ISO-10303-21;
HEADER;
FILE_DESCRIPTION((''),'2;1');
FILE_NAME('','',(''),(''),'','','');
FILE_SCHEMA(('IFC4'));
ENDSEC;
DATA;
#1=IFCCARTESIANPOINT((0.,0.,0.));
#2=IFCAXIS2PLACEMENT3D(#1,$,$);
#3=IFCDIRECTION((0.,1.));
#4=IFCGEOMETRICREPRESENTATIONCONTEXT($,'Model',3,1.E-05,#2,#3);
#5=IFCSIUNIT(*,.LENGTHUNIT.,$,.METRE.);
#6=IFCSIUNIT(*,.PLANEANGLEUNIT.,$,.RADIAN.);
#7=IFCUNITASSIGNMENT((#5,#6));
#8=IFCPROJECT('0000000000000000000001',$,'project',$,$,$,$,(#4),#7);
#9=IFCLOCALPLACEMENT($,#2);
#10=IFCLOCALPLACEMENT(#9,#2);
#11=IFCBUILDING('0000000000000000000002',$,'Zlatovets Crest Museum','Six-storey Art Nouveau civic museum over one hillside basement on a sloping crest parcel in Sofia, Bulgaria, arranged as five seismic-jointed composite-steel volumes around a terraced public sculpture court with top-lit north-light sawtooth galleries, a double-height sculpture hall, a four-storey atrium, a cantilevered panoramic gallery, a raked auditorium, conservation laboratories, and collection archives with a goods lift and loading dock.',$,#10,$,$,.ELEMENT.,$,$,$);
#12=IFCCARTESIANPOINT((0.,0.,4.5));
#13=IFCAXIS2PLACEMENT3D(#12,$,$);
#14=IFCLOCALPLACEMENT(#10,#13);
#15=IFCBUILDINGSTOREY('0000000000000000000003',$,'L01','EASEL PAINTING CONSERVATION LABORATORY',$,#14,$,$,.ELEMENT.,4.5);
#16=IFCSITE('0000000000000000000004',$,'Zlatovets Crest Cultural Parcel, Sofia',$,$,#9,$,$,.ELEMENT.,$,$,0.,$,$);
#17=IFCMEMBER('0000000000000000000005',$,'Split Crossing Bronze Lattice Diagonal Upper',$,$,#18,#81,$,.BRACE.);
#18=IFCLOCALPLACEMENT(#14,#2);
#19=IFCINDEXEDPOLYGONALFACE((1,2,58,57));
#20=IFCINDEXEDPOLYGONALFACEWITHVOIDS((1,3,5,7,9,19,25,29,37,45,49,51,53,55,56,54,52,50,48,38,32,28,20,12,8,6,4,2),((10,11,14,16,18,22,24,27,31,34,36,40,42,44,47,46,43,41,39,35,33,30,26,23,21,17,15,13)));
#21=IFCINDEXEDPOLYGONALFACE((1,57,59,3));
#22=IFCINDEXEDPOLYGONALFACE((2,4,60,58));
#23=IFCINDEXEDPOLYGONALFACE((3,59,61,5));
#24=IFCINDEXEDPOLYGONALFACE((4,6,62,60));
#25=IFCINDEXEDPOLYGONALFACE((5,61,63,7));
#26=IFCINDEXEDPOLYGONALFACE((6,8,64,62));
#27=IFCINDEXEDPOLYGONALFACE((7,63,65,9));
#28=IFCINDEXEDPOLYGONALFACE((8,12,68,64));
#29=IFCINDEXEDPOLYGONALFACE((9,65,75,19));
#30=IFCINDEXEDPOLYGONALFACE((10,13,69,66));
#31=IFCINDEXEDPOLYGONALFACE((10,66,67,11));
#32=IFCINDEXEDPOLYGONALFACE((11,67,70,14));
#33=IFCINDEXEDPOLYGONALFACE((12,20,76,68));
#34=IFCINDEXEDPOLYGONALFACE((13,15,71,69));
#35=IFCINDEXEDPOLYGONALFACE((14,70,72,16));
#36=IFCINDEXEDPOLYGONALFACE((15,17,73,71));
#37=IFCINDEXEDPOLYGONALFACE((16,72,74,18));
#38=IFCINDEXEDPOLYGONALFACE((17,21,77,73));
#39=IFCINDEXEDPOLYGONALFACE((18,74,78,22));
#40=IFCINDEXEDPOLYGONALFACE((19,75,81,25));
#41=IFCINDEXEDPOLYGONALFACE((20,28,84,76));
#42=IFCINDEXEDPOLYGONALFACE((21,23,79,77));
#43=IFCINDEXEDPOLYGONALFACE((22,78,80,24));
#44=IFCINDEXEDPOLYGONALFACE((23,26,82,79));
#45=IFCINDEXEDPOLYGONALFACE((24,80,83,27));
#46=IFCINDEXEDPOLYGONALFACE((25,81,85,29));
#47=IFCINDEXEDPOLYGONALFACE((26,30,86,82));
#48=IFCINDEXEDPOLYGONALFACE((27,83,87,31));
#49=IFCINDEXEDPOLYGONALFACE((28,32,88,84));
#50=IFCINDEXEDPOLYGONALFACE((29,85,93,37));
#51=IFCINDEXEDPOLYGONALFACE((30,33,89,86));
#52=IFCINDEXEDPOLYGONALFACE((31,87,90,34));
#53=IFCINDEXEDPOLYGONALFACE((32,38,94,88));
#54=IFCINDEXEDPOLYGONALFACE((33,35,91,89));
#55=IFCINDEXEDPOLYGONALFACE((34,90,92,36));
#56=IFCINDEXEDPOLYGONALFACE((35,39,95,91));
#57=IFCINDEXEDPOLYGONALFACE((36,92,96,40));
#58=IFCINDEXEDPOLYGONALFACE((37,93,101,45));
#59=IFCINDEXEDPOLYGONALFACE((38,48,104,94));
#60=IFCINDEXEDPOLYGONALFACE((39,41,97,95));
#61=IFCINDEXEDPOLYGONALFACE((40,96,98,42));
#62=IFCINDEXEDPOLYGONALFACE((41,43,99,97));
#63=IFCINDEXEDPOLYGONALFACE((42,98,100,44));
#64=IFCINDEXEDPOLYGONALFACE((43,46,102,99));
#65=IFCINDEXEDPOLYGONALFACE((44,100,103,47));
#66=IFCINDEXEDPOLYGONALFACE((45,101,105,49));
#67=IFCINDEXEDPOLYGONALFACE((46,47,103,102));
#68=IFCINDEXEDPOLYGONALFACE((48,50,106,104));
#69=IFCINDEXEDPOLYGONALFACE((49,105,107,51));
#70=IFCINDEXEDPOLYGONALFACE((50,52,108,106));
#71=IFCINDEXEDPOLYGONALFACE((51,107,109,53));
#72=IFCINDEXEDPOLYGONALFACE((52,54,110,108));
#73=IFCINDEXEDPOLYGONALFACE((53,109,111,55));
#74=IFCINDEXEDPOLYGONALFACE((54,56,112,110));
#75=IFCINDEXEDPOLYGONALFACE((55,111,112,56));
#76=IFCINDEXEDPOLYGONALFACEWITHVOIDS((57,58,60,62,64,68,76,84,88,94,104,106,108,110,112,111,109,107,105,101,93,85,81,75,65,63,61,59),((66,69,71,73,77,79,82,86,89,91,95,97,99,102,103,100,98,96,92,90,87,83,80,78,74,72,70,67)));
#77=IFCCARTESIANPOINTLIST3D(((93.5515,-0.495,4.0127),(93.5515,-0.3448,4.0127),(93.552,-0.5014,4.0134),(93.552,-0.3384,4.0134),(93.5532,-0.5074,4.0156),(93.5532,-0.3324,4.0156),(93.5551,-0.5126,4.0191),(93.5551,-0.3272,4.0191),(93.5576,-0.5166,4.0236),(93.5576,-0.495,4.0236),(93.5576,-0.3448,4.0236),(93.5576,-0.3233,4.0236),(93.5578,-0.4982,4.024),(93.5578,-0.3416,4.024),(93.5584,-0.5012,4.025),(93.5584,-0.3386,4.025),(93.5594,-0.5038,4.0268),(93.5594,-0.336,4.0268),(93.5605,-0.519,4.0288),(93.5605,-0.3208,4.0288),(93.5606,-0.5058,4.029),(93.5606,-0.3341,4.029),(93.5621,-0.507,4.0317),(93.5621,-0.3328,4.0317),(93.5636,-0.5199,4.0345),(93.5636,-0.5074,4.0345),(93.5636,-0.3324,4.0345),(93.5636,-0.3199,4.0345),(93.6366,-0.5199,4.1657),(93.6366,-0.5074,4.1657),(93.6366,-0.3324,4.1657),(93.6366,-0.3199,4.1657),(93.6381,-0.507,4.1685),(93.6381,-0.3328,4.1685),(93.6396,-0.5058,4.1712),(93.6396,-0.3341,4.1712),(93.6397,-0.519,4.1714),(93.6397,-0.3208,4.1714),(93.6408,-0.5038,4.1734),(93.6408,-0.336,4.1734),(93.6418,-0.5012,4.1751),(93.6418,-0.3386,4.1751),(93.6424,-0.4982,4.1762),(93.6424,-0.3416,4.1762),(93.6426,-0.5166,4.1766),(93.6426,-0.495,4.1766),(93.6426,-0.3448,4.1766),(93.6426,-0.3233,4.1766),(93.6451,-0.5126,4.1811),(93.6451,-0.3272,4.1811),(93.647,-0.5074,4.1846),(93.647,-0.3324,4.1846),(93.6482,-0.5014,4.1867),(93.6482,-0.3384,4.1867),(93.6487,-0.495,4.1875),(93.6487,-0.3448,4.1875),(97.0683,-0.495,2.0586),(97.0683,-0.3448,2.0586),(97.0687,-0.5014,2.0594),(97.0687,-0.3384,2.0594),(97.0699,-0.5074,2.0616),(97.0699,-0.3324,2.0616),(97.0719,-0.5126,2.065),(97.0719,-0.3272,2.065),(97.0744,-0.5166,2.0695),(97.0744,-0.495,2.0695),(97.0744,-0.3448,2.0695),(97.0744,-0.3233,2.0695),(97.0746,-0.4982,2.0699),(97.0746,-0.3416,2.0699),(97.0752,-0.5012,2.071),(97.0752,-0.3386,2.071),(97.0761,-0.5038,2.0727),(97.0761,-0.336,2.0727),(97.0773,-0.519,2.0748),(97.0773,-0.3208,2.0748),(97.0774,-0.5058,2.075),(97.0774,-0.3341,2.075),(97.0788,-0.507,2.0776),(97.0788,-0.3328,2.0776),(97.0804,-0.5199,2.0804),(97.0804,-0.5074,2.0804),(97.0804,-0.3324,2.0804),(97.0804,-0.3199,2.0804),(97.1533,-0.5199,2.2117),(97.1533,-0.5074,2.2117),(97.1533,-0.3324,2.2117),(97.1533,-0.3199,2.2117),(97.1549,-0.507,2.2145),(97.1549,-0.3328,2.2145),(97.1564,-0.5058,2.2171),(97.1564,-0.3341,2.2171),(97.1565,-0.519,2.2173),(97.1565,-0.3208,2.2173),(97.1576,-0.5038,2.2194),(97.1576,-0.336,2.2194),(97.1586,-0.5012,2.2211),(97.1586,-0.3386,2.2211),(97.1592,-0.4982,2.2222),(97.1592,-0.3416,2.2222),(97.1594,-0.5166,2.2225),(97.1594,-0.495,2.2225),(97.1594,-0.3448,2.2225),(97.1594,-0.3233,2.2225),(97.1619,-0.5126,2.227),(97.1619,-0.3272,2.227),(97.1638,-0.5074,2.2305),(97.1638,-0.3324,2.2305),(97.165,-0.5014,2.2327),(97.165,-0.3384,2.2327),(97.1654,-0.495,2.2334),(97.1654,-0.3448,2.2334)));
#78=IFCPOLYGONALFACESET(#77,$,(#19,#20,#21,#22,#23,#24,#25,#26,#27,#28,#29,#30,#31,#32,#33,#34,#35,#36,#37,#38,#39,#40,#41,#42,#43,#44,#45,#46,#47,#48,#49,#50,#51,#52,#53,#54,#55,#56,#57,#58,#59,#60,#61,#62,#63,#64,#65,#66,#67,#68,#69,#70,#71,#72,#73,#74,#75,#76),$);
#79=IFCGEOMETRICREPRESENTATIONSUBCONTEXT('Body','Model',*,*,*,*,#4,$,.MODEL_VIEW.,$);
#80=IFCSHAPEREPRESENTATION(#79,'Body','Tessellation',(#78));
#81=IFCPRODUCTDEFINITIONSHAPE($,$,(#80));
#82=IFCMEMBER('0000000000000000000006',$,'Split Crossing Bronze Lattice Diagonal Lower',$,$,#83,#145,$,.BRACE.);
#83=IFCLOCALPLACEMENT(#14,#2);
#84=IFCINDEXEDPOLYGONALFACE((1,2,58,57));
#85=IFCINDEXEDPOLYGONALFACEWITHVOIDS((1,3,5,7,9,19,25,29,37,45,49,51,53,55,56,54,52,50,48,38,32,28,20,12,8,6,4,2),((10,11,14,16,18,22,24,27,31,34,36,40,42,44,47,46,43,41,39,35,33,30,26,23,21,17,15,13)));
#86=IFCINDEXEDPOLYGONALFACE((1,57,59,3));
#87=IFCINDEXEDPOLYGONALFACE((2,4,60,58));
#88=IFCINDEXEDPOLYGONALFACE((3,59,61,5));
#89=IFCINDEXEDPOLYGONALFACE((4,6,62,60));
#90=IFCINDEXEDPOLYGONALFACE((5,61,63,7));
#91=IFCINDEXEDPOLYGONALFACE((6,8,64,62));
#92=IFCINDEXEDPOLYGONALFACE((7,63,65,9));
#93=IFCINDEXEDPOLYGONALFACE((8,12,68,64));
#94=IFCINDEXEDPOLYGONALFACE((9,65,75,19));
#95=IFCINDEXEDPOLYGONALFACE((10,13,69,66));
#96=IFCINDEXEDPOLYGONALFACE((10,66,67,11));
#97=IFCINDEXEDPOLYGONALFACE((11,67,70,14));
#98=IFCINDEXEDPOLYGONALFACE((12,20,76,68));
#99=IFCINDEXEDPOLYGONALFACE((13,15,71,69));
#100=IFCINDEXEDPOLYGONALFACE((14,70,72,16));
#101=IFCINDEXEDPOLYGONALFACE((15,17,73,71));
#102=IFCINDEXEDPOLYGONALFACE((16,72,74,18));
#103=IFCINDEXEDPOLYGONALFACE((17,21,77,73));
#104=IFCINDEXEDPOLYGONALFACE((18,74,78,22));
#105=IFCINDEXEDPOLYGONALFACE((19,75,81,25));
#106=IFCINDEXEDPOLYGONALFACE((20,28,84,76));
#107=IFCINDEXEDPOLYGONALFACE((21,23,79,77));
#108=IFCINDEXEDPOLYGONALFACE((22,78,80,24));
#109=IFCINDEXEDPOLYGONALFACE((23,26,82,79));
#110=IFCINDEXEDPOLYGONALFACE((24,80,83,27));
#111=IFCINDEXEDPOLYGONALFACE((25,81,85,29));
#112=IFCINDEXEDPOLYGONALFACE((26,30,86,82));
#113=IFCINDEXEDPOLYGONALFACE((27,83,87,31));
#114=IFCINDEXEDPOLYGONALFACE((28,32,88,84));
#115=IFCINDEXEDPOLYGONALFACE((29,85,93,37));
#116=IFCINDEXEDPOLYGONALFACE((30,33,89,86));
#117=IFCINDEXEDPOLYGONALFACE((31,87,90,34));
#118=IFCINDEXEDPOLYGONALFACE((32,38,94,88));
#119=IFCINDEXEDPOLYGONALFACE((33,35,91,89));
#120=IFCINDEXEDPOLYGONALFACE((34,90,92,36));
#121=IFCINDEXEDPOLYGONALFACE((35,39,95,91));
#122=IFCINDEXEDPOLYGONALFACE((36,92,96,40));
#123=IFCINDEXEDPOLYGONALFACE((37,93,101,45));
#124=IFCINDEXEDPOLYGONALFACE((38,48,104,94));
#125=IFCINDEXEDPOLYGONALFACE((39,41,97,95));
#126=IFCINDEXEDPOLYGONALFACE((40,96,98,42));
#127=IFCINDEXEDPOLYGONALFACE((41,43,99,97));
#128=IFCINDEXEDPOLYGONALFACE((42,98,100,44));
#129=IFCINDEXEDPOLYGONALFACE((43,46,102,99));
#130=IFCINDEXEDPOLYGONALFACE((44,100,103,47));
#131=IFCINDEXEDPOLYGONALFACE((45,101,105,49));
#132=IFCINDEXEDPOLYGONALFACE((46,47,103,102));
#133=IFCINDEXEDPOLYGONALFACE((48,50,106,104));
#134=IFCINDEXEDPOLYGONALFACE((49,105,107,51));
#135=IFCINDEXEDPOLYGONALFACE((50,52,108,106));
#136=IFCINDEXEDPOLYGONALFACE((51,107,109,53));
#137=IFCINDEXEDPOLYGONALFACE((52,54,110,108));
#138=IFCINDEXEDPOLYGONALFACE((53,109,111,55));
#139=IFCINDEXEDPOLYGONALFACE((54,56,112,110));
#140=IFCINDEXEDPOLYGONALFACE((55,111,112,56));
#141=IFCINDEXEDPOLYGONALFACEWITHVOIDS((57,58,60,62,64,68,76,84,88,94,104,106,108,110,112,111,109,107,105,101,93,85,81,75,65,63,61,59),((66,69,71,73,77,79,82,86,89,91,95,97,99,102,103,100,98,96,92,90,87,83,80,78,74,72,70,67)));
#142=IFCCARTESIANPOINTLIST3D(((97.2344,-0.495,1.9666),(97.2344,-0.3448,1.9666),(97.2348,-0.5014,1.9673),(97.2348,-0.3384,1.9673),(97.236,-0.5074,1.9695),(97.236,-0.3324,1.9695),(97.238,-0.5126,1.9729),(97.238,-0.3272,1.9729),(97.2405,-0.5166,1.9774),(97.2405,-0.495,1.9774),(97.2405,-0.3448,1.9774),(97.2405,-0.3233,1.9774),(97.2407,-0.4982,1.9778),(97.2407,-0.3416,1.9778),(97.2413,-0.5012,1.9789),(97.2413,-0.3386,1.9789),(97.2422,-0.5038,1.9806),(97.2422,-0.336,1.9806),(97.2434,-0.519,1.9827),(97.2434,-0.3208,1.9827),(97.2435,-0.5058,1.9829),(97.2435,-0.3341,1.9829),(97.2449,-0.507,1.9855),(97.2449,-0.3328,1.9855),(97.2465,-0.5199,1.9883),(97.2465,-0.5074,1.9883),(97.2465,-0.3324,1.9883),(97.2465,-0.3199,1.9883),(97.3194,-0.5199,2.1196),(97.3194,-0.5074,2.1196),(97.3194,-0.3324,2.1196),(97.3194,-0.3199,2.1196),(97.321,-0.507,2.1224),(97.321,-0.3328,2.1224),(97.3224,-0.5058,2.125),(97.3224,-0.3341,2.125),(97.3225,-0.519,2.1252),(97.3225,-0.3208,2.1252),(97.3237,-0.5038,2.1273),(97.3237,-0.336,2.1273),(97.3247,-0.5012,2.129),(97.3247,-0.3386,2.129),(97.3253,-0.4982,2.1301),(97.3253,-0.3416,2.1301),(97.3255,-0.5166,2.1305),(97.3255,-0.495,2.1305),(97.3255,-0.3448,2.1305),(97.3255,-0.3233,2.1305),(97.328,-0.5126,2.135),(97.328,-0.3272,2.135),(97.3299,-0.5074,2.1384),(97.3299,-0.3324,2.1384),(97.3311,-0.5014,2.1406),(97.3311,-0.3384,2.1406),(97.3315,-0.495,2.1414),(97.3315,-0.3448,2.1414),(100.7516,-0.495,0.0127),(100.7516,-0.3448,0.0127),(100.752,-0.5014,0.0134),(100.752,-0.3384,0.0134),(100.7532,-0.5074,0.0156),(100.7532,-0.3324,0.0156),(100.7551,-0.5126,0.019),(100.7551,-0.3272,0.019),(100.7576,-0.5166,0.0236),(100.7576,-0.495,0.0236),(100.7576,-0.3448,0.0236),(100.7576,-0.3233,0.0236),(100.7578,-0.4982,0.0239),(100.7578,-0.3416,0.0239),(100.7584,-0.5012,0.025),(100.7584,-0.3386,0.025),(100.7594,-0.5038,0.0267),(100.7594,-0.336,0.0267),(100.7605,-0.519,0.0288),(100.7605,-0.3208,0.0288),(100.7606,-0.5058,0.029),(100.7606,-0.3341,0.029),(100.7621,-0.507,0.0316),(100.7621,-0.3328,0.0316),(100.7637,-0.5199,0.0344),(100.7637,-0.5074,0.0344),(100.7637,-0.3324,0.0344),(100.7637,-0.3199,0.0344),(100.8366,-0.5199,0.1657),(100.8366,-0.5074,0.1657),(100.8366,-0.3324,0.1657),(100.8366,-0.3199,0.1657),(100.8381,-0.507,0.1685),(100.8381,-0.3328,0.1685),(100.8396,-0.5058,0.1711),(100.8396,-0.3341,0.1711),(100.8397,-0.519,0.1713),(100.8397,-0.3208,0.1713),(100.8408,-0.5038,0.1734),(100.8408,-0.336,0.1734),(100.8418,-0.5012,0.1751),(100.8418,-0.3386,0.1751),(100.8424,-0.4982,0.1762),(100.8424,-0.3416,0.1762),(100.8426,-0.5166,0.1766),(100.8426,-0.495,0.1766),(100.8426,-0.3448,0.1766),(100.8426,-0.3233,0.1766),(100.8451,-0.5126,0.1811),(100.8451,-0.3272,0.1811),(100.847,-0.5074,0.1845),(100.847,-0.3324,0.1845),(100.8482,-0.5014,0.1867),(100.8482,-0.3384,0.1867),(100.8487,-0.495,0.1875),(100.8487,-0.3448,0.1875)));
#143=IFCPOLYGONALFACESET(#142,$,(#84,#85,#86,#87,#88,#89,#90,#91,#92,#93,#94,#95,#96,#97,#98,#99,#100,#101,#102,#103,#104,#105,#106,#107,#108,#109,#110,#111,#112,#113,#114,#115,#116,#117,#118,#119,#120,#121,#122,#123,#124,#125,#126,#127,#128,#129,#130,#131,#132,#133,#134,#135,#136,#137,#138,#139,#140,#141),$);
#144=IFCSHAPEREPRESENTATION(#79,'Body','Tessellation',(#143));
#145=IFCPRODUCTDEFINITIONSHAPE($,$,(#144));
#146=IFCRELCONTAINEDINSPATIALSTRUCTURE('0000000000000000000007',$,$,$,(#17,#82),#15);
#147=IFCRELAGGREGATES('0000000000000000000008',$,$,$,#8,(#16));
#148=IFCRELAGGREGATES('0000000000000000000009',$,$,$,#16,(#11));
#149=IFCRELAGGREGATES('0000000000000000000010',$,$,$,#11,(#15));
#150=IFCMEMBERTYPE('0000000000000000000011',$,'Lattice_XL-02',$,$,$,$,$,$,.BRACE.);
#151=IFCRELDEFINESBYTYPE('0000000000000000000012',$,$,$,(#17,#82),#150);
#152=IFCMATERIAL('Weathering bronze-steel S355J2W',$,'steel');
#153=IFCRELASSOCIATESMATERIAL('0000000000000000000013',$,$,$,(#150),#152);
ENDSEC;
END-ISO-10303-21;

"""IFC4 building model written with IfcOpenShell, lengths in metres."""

from ifc_helpers import new_model, si_unit, direction, frame, origin, origin_2d, place, context, subcontext, project, spatial, hollow_rectangle, extrude, material, material_profile, profile_set, type_object, element, save


model = new_model("IFC4")

# Units and contexts
model_context = context("Model", 3, precision=1e-05, world=origin(), true_north=direction((0.0, 1.0)))
body_context = subcontext(model_context, "Body", "Model", "MODEL_VIEW")
ifc_project = project(units=[si_unit("LENGTHUNIT", "METRE"), si_unit("PLANEANGLEUNIT", "RADIAN")], contexts=[model_context])

# Site, building, storey
site_placement = place(None, origin())
site = spatial("IfcSite", under=ifc_project, at=site_placement, Name="Zlatovets Crest Cultural Parcel, Sofia", CompositionType="ELEMENT", RefElevation=0.0)
building_placement = place(site_placement, origin())
building = spatial("IfcBuilding", under=site, at=building_placement, Name="Zlatovets Crest Museum", Description="Six-storey Art Nouveau civic museum over one hillside basement on a sloping crest parcel in Sofia, Bulgaria, arranged as five seismic-jointed composite-steel volumes around a terraced public sculpture court with top-lit north-light sawtooth galleries, a double-height sculpture hall, a four-storey atrium, a cantilevered panoramic gallery, a raked auditorium, conservation laboratories, and collection archives with a goods lift and loading dock.", CompositionType="ELEMENT")
storey_placement = place(building_placement, frame((0.0, 0.0, 4.5)))
storey = spatial("IfcBuildingStorey", under=building, at=storey_placement, Name="L01", Description="EASEL PAINTING CONSERVATION LABORATORY", CompositionType="ELEMENT", Elevation=4.5)

# Members
ifc_material_1 = material(Name="Weathering bronze-steel S355J2W", Category="steel")
ifc_material_profile_1 = material_profile(ifc_material_1, hollow_rectangle(XDim=0.2, YDim=0.2, WallThickness=0.0125, InnerFilletRadius=0.0125, OuterFilletRadius=0.0249, at=origin_2d()), Name="SHS 200x200x12.5")
ifc_profile_set_1 = profile_set([ifc_material_profile_1], Name="Weathering bronze-steel S355J2W")
member_type_1 = type_object("IfcMemberType", Name="Lattice_XL-02", PredefinedType="BRACE", material=ifc_profile_set_1)
member_1_placement = place(storey_placement, frame((93.6001, -0.4199, 4.1001), z_axis=(0.874126, 0.0, -0.4857), x_axis=(0.0, 1.0, 0.0)))
element("IfcMember", 1, at=member_1_placement, inside=storey, type_object=member_type_1, Name="Split Crossing Bronze Lattice Diagonal Upper", PredefinedType="BRACE", context=body_context, shape_type="SweptSolid", body=[
    extrude(hollow_rectangle(XDim=0.2, YDim=0.2, WallThickness=0.0125, InnerFilletRadius=0.0125, OuterFilletRadius=0.0249, at=origin_2d()), origin(), (0.0, 0.0, 1.0), 4.0232),
])
member_2_placement = place(storey_placement, frame((97.283, -0.4199, 2.054), z_axis=(0.874166, 0.0, -0.485627), x_axis=(0.0, 1.0, 0.0)))
element("IfcMember", 2, at=member_2_placement, inside=storey, type_object=member_type_1, Name="Split Crossing Bronze Lattice Diagonal Lower", PredefinedType="BRACE", context=body_context, shape_type="SweptSolid", body=[
    extrude(hollow_rectangle(XDim=0.2, YDim=0.2, WallThickness=0.0125, InnerFilletRadius=0.0125, OuterFilletRadius=0.0249, at=origin_2d()), origin(), (0.0, 0.0, 1.0), 4.0234),
])

save(model, "model.ifc")
